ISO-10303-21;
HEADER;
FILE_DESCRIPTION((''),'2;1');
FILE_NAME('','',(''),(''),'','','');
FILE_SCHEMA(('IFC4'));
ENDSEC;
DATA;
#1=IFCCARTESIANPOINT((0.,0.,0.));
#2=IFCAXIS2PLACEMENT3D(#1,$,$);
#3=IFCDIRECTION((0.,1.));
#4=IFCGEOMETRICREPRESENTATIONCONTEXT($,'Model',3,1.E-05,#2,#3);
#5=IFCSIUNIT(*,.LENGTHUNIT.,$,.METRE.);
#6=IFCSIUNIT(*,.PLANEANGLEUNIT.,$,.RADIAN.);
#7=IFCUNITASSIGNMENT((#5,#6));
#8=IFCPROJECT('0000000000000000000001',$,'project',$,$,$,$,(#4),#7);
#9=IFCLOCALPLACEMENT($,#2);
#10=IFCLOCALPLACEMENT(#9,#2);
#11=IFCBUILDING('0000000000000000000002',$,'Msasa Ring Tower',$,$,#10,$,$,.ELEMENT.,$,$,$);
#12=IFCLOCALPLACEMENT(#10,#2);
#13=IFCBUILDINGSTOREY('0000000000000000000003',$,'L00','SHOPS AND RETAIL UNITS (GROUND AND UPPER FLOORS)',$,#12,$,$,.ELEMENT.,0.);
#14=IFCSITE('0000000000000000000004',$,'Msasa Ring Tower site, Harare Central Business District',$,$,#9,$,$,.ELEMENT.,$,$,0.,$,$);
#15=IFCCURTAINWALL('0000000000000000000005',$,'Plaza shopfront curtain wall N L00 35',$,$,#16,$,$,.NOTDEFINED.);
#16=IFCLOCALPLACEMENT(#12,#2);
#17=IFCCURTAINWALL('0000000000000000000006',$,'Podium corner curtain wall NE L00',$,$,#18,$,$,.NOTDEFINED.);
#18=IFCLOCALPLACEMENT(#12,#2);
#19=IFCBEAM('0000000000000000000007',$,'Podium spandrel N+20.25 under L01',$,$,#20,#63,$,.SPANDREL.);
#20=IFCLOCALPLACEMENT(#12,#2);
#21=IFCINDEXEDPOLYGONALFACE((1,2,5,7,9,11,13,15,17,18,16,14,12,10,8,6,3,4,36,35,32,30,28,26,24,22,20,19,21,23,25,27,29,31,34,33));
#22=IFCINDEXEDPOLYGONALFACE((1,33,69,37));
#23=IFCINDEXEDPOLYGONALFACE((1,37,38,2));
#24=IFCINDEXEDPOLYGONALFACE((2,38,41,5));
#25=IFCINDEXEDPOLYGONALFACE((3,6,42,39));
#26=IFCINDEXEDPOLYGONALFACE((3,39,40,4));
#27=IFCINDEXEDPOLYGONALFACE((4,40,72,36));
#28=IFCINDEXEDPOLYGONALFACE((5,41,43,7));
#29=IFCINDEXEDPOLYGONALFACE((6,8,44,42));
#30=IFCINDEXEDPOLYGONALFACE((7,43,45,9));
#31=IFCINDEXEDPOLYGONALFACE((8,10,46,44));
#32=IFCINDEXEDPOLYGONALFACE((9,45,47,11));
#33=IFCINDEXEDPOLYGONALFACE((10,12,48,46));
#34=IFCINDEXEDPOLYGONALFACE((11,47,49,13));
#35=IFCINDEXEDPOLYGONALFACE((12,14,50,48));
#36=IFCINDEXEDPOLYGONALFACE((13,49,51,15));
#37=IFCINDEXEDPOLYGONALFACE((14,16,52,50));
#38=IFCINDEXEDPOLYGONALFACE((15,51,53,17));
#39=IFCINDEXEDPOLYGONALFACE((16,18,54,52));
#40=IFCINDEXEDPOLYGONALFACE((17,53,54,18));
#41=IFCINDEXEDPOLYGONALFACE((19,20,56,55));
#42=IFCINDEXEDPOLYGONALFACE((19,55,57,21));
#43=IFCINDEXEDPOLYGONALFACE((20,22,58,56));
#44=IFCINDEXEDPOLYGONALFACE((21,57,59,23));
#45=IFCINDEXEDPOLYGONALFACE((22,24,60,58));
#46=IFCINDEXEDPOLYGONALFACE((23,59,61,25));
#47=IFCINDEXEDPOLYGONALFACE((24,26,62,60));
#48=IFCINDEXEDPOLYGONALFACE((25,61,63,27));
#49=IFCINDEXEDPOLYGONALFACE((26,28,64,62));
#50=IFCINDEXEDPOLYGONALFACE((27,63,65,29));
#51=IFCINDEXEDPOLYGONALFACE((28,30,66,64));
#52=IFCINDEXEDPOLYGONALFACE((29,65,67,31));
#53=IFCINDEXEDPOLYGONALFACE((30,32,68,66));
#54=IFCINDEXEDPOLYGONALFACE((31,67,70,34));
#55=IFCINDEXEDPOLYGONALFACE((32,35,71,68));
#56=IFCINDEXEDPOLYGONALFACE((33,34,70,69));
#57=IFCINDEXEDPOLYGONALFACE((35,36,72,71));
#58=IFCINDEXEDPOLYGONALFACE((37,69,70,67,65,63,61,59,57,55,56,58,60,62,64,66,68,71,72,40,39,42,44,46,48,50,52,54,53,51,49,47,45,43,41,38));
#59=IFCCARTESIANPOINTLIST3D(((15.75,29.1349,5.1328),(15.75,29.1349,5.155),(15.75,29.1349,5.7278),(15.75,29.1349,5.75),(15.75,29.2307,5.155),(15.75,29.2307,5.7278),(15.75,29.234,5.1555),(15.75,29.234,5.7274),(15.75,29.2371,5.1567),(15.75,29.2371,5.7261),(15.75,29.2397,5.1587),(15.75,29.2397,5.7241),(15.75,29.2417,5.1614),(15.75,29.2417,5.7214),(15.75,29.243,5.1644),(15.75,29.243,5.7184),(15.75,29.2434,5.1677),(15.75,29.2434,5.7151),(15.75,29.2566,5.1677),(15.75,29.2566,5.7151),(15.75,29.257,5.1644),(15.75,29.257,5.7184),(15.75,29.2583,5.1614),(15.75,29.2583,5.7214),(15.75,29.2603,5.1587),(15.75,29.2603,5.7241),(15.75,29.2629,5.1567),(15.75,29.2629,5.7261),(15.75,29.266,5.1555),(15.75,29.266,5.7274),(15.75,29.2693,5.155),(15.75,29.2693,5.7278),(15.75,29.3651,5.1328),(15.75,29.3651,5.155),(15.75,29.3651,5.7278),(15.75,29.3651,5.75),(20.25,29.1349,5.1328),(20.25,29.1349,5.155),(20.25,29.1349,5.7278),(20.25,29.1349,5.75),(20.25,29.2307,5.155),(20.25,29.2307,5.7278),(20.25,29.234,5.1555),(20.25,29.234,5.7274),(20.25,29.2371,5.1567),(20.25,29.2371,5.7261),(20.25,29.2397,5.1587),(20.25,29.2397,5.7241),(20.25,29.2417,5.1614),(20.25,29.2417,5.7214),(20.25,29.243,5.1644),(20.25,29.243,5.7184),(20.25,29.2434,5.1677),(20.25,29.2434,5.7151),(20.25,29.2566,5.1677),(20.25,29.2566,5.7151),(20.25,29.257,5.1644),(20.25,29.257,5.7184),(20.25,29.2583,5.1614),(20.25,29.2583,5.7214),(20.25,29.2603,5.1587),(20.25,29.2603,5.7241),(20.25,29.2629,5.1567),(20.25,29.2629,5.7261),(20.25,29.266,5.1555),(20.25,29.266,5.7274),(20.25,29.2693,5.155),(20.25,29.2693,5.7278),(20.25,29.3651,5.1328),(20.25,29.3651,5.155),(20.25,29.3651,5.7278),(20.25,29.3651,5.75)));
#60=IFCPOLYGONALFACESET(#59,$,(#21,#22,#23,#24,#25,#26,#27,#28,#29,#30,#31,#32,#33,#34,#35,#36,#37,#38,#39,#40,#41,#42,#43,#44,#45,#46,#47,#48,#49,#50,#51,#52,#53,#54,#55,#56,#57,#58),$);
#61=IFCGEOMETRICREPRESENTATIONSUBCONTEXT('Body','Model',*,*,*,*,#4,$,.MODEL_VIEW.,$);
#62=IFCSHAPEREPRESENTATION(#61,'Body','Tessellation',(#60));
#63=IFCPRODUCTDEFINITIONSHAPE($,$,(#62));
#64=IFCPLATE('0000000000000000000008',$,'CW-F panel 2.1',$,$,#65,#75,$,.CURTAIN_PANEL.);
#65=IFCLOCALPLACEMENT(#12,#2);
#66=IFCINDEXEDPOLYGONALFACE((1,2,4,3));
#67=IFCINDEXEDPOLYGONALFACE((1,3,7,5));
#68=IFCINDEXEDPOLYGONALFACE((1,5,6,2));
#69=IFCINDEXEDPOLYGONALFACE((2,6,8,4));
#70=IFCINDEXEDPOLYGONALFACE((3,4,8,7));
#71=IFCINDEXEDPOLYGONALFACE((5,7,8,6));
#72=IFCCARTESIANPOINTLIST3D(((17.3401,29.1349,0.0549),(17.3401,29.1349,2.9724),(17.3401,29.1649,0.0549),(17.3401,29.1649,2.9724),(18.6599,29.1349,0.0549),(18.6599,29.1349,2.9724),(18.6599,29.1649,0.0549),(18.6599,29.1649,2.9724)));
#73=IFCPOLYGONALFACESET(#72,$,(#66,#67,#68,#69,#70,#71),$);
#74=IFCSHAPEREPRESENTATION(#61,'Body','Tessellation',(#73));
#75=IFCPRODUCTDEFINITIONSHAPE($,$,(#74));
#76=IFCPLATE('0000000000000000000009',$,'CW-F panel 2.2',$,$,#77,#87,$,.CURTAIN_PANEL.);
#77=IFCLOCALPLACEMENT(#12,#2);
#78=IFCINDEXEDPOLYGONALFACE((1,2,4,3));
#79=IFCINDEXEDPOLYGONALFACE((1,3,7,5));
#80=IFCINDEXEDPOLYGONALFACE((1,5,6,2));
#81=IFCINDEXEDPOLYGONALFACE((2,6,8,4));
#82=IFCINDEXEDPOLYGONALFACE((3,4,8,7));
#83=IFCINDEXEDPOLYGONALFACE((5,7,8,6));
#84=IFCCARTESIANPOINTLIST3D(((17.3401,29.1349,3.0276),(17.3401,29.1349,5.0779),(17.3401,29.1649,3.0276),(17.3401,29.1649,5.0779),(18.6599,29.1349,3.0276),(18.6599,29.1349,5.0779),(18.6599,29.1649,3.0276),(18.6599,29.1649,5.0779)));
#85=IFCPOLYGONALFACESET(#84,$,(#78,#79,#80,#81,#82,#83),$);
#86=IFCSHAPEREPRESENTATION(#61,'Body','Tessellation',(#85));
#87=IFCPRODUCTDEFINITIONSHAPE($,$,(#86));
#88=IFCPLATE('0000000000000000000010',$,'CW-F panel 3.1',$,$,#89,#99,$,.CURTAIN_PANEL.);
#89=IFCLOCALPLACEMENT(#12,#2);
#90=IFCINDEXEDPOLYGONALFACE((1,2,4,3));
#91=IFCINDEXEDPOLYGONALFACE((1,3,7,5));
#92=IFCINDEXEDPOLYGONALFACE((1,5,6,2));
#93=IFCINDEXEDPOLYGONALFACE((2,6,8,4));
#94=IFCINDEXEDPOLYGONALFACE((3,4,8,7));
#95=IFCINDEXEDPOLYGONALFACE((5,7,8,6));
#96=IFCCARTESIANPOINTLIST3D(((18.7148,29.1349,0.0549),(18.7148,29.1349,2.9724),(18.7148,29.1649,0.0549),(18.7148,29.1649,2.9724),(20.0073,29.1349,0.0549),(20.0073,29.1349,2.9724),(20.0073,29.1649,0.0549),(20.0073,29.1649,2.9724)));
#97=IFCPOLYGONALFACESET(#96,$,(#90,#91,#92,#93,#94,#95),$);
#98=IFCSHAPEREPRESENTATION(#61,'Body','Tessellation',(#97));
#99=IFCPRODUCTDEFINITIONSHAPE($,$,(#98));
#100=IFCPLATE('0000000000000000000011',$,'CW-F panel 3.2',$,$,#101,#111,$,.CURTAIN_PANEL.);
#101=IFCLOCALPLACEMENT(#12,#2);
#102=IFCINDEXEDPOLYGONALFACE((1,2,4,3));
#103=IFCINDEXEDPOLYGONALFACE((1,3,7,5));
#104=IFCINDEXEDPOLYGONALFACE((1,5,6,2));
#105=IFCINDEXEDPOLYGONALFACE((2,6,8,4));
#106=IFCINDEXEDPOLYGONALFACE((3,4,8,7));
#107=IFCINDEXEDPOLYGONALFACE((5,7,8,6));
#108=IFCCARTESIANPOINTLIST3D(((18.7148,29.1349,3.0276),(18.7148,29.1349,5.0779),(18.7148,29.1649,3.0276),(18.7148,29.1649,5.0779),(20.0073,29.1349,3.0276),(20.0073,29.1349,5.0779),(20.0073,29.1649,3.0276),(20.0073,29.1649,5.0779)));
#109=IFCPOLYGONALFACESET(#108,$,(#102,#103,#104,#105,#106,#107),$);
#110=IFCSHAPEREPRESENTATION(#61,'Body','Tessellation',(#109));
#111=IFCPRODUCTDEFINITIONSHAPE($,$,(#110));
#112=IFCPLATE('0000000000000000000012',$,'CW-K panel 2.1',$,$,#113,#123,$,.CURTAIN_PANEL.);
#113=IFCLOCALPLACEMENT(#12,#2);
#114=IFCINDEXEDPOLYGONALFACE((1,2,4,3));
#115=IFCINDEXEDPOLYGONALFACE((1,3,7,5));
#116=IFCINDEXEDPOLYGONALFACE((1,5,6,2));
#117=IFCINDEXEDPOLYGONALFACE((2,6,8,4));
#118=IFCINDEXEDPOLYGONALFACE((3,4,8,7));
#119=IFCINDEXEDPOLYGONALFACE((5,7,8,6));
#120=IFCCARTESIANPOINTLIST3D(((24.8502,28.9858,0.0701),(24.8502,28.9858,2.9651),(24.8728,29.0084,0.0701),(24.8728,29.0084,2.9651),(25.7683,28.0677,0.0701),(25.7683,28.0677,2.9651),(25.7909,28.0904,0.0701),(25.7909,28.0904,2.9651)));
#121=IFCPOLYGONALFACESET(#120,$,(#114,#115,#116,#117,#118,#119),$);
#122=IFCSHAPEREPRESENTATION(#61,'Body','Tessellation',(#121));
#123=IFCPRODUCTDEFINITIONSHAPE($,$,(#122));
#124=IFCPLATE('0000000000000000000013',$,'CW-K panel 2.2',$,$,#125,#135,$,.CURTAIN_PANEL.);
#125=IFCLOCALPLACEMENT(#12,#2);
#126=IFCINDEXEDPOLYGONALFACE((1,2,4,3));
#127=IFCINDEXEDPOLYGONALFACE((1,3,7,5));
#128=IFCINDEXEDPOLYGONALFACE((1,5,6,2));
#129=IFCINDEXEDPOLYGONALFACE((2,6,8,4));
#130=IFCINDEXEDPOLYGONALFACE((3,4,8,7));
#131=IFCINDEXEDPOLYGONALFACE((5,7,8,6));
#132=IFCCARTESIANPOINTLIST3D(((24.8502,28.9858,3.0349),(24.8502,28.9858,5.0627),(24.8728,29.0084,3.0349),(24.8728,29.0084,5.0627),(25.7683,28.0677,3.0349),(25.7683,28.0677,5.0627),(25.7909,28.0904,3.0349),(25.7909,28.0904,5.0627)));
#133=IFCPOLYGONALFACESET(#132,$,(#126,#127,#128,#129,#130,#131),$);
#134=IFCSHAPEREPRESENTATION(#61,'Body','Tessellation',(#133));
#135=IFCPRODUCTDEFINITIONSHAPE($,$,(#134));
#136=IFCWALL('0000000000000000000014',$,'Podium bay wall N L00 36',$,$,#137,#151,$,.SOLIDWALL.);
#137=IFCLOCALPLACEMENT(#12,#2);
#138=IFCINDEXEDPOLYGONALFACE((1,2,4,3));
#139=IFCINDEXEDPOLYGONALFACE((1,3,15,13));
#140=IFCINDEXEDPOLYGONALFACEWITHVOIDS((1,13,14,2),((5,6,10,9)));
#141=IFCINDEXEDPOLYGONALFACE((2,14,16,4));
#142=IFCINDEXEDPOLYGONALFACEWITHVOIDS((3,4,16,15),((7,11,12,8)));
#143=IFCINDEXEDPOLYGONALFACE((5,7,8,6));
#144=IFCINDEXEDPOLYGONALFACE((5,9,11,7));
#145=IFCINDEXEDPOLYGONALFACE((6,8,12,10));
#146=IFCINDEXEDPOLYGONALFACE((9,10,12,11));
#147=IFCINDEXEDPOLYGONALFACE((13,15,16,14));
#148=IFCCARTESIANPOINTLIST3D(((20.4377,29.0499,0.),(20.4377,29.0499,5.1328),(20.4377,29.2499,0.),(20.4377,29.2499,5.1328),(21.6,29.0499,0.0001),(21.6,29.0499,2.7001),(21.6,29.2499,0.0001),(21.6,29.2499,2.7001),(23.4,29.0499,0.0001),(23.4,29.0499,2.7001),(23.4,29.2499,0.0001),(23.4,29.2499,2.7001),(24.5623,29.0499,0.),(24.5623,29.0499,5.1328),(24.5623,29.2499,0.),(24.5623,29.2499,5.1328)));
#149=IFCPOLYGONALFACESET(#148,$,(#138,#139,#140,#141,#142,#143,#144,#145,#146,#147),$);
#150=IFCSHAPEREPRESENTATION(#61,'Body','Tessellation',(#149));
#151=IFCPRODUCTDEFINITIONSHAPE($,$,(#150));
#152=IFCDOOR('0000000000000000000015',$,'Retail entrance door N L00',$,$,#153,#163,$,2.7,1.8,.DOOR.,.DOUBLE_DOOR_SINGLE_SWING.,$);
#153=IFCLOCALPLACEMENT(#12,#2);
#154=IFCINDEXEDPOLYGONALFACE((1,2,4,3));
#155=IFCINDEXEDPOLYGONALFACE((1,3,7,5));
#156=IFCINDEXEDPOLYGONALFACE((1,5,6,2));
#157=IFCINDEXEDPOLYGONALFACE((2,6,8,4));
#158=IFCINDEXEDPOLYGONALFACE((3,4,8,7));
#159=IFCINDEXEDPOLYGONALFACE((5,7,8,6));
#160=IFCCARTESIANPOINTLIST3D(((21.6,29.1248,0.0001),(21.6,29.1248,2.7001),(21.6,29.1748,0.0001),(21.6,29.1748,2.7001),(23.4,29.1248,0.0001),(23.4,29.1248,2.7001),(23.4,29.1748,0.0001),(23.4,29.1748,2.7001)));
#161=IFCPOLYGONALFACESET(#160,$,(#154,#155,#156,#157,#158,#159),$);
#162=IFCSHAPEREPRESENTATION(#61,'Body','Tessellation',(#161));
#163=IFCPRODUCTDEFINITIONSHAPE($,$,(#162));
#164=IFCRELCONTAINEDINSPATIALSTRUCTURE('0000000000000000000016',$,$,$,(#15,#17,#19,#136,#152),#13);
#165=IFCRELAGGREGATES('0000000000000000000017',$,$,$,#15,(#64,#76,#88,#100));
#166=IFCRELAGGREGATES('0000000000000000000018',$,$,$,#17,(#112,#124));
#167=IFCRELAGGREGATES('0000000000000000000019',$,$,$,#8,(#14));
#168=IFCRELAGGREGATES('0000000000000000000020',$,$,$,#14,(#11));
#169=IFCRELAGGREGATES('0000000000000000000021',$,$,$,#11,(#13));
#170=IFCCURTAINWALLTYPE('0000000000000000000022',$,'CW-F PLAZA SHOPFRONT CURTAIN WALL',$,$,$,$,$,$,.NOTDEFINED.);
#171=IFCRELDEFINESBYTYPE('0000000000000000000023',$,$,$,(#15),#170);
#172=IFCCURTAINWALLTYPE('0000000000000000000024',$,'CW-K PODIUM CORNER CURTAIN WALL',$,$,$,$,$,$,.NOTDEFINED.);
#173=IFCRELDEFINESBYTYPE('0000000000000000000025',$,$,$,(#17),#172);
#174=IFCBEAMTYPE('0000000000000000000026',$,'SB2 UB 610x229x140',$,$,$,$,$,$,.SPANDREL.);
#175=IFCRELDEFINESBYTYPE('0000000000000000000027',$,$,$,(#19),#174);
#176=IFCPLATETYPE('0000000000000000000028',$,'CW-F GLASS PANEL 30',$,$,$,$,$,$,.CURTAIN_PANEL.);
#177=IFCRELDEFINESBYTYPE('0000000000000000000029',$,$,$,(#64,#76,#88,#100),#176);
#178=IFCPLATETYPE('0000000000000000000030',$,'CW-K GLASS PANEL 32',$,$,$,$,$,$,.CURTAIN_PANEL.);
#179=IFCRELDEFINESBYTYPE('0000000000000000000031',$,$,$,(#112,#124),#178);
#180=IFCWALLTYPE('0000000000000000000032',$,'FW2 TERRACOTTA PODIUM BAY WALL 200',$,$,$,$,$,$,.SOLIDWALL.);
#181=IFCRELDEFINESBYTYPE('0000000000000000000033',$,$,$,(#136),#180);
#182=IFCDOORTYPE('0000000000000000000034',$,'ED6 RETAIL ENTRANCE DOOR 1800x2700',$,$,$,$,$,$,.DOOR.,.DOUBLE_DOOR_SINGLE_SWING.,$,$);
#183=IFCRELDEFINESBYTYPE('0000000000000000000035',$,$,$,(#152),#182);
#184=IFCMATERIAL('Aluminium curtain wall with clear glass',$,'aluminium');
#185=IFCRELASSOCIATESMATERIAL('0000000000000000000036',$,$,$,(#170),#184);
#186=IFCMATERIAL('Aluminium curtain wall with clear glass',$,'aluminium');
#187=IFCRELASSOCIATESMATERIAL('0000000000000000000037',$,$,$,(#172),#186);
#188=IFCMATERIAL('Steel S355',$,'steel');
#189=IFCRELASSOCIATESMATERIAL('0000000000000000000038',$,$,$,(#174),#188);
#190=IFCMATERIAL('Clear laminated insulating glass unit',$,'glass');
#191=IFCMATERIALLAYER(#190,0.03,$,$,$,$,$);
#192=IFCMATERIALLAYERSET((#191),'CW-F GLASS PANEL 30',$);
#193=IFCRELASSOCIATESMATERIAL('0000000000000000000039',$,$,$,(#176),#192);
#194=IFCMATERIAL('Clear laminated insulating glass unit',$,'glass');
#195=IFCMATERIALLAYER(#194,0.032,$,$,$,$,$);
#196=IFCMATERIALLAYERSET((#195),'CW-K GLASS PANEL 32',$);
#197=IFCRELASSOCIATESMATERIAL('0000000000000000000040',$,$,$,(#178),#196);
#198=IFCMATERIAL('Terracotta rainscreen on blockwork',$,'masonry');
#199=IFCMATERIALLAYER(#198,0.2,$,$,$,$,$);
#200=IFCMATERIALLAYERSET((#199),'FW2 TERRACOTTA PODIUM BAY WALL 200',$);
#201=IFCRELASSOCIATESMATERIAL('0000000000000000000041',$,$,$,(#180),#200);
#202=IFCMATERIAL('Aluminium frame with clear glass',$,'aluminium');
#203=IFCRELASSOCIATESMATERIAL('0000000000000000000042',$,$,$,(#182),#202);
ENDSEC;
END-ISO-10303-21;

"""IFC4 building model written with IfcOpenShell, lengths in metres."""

from ifc_helpers import new_model, si_unit, direction, frame, frame_2d, origin, origin_2d, place, context, subcontext, project, spatial, rectangle, i_section, extrude, material, layer, layer_set, material_profile, profile_set, type_object, element, fill, aggregate, save


model = new_model("IFC4")

# Units and contexts
model_context = context("Model", 3, precision=1e-05, world=origin(), true_north=direction((0.0, 1.0)))
body_context = subcontext(model_context, "Body", "Model", "MODEL_VIEW")
ifc_project = project(units=[si_unit("LENGTHUNIT", "METRE"), si_unit("PLANEANGLEUNIT", "RADIAN")], contexts=[model_context])

# Site, building, storey
site_placement = place(None, origin())
site = spatial("IfcSite", under=ifc_project, at=site_placement, Name="Msasa Ring Tower site, Harare Central Business District", CompositionType="ELEMENT", RefElevation=0.0)
building_placement = place(site_placement, origin())
building = spatial("IfcBuilding", under=site, at=building_placement, Name="Msasa Ring Tower", CompositionType="ELEMENT")
storey_placement = place(building_placement, origin())
storey = spatial("IfcBuildingStorey", under=building, at=storey_placement, Name="L00", Description="SHOPS AND RETAIL UNITS (GROUND AND UPPER FLOORS)", CompositionType="ELEMENT", Elevation=0.0)

# Curtain walls
ifc_material_1 = material(Name="Aluminium curtain wall with clear glass", Category="aluminium")
curtain_wall_type_1 = type_object("IfcCurtainWallType", Name="CW-F PLAZA SHOPFRONT CURTAIN WALL", PredefinedType="NOTDEFINED", material=ifc_material_1)
curtain_wall_1_placement = place(storey_placement, origin())
curtain_wall_1 = element("IfcCurtainWall", 1, at=curtain_wall_1_placement, inside=storey, type_object=curtain_wall_type_1, Name="Plaza shopfront curtain wall N L00 35", PredefinedType="NOTDEFINED")
ifc_material_2 = material(Name="Aluminium curtain wall with clear glass", Category="aluminium")
curtain_wall_type_2 = type_object("IfcCurtainWallType", Name="CW-K PODIUM CORNER CURTAIN WALL", PredefinedType="NOTDEFINED", material=ifc_material_2)
curtain_wall_2_placement = place(storey_placement, origin())
curtain_wall_2 = element("IfcCurtainWall", 2, at=curtain_wall_2_placement, inside=storey, type_object=curtain_wall_type_2, Name="Podium corner curtain wall NE L00", PredefinedType="NOTDEFINED")

# Beam
ifc_material_3 = material(Name="Steel S355", Category="steel")
ifc_material_profile_1 = material_profile(ifc_material_3, i_section(OverallWidth=0.2302, OverallDepth=0.6172, WebThickness=0.0132, FlangeThickness=0.0222, FilletRadius=0.0127, at=origin_2d()), Name="UB 610x229x140")
ifc_profile_set_1 = profile_set([ifc_material_profile_1], Name="Steel S355")
beam_type_1 = type_object("IfcBeamType", Name="SB2 UB 610x229x140", PredefinedType="SPANDREL", material=ifc_profile_set_1)
for number, where, z_axis, x_axis, name in (
    (3, (20.25, 29.25, 5.4414), (-1.0, 0.0, 0.0), (0.0, -1.0, 0.0), "Podium spandrel N+20.25 under L01"),
):
    element("IfcBeam", number, at=place(storey_placement, frame(where, z_axis=z_axis, x_axis=x_axis)), inside=storey, type_object=beam_type_1, Name=name, PredefinedType="SPANDREL", context=body_context, shape_type="SweptSolid", body=[
        extrude(i_section(OverallWidth=0.2302, OverallDepth=0.6172, WebThickness=0.0132, FlangeThickness=0.0222, FilletRadius=0.0127, at=origin_2d()), origin(), (0.0, 0.0, 1.0), 4.5),
    ])

# Plates
ifc_material_4 = material(Name="Clear laminated insulating glass unit", Category="glass")
ifc_layer_1 = layer(ifc_material_4, 0.03)
ifc_layer_set_1 = layer_set([ifc_layer_1], Name="CW-F GLASS PANEL 30")
plate_type_1 = type_object("IfcPlateType", Name="CW-F GLASS PANEL 30", PredefinedType="CURTAIN_PANEL", material=ifc_layer_set_1)
plate_1_placement = place(storey_placement, frame((18.0, 29.1499, 0.0549), z_axis=(0.0, 0.0, 1.0), x_axis=(1.0, 0.0, 0.0)))
plate_1 = element("IfcPlate", 4, at=plate_1_placement, type_object=plate_type_1, Name="CW-F panel 2.1", PredefinedType="CURTAIN_PANEL", context=body_context, shape_type="SweptSolid", body=[
    extrude(rectangle(XDim=1.3198, YDim=0.03, at=origin_2d()), origin(), (0.0, 0.0, 1.0), 2.9175),
])
plate_2_placement = place(storey_placement, frame((18.0, 29.1499, 3.0276), z_axis=(0.0, 0.0, 1.0), x_axis=(1.0, 0.0, 0.0)))
plate_2 = element("IfcPlate", 5, at=plate_2_placement, type_object=plate_type_1, Name="CW-F panel 2.2", PredefinedType="CURTAIN_PANEL", context=body_context, shape_type="SweptSolid", body=[
    extrude(rectangle(XDim=1.3198, YDim=0.03, at=origin_2d()), origin(), (0.0, 0.0, 1.0), 2.0503),
])
plate_3_placement = place(storey_placement, frame((19.3611, 29.1499, 0.0549), z_axis=(0.0, 0.0, 1.0), x_axis=(1.0, 0.0, 0.0)))
plate_3 = element("IfcPlate", 6, at=plate_3_placement, type_object=plate_type_1, Name="CW-F panel 3.1", PredefinedType="CURTAIN_PANEL", context=body_context, shape_type="SweptSolid", body=[
    extrude(rectangle(XDim=1.2925, YDim=0.03, at=origin_2d()), origin(), (0.0, 0.0, 1.0), 2.9175),
])
plate_4_placement = place(storey_placement, frame((19.3611, 29.1499, 3.0276), z_axis=(0.0, 0.0, 1.0), x_axis=(1.0, 0.0, 0.0)))
plate_4 = element("IfcPlate", 7, at=plate_4_placement, type_object=plate_type_1, Name="CW-F panel 3.2", PredefinedType="CURTAIN_PANEL", context=body_context, shape_type="SweptSolid", body=[
    extrude(rectangle(XDim=1.2925, YDim=0.03, at=origin_2d()), origin(), (0.0, 0.0, 1.0), 2.0503),
])
aggregate(curtain_wall_1, [plate_1, plate_2, plate_3, plate_4])
ifc_material_5 = material(Name="Clear laminated insulating glass unit", Category="glass")
ifc_layer_2 = layer(ifc_material_5, 0.032)
ifc_layer_set_2 = layer_set([ifc_layer_2], Name="CW-K GLASS PANEL 32")
plate_type_2 = type_object("IfcPlateType", Name="CW-K GLASS PANEL 32", PredefinedType="CURTAIN_PANEL", material=ifc_layer_set_2)
plate_5_placement = place(storey_placement, frame((25.3206, 28.5381, 0.0701), z_axis=(0.0, 0.0, 1.0), x_axis=(-0.707107, 0.707107, 0.0)))
plate_5 = element("IfcPlate", 8, at=plate_5_placement, type_object=plate_type_2, Name="CW-K panel 2.1", PredefinedType="CURTAIN_PANEL", context=body_context, shape_type="SweptSolid", body=[
    extrude(rectangle(XDim=1.2983, YDim=0.032, at=origin_2d()), origin(), (0.0, 0.0, 1.0), 2.895),
])
plate_6_placement = place(storey_placement, frame((25.3206, 28.5381, 3.0349), z_axis=(0.0, 0.0, 1.0), x_axis=(-0.707107, 0.707107, 0.0)))
plate_6 = element("IfcPlate", 9, at=plate_6_placement, type_object=plate_type_2, Name="CW-K panel 2.2", PredefinedType="CURTAIN_PANEL", context=body_context, shape_type="SweptSolid", body=[
    extrude(rectangle(XDim=1.2983, YDim=0.032, at=origin_2d()), origin(), (0.0, 0.0, 1.0), 2.0278),
])
aggregate(curtain_wall_2, [plate_5, plate_6])

# Wall, opening, door
ifc_material_6 = material(Name="Terracotta rainscreen on blockwork", Category="masonry")
ifc_layer_3 = layer(ifc_material_6, 0.2)
ifc_layer_set_3 = layer_set([ifc_layer_3], Name="FW2 TERRACOTTA PODIUM BAY WALL 200")
wall_type = type_object("IfcWallType", Name="FW2 TERRACOTTA PODIUM BAY WALL 200", PredefinedType="SOLIDWALL", material=ifc_layer_set_3)
wall_placement = place(storey_placement, frame((20.4377, 29.1499, 0.0), z_axis=(0.0, 0.0, 1.0), x_axis=(1.0, 0.0, 0.0)))
wall = element("IfcWall", 10, at=wall_placement, inside=storey, type_object=wall_type, Name="Podium bay wall N L00 36", PredefinedType="SOLIDWALL", context=body_context, shape_type="SweptSolid", body=[
    extrude(rectangle(XDim=4.1245, YDim=0.2, at=frame_2d((2.0623, 0.0))), origin(), (0.0, 0.0, 1.0), 5.1328),
])
opening_placement = place(wall_placement, frame((1.1624, 0.0, 0.0)))
opening = element("IfcOpeningElement", 11, at=opening_placement, cuts=wall, PredefinedType="OPENING", context=body_context, shape_type="SweptSolid", body=[
    extrude(rectangle(XDim=1.8, YDim=2.7, at=frame_2d((0.8999, 1.3501))), frame((0.0, 0.1099, 0.0), z_axis=(0.0, -1.0, 0.0), x_axis=(1.0, 0.0, 0.0)), (0.0, 0.0, 1.0), 0.22),
])
ifc_material_7 = material(Name="Aluminium frame with clear glass", Category="aluminium")
door_type = type_object("IfcDoorType", Name="ED6 RETAIL ENTRANCE DOOR 1800x2700", OperationType="DOUBLE_DOOR_SINGLE_SWING", PredefinedType="DOOR", material=ifc_material_7)
door_placement = place(opening_placement, origin())
door = element("IfcDoor", 12, at=door_placement, inside=storey, type_object=door_type, Name="Retail entrance door N L00", OperationType="DOUBLE_DOOR_SINGLE_SWING", OverallHeight=2.7, OverallWidth=1.8, PredefinedType="DOOR", context=body_context, shape_type="SweptSolid", body=[
    extrude(rectangle(XDim=1.8, YDim=2.7, at=frame_2d((0.8999, 1.3501))), frame((0.0, 0.0249, 0.0), z_axis=(0.0, -1.0, 0.0), x_axis=(1.0, 0.0, 0.0)), (0.0, 0.0, 1.0), 0.05),
])
fill(opening, door)

save(model, "model.ifc")
